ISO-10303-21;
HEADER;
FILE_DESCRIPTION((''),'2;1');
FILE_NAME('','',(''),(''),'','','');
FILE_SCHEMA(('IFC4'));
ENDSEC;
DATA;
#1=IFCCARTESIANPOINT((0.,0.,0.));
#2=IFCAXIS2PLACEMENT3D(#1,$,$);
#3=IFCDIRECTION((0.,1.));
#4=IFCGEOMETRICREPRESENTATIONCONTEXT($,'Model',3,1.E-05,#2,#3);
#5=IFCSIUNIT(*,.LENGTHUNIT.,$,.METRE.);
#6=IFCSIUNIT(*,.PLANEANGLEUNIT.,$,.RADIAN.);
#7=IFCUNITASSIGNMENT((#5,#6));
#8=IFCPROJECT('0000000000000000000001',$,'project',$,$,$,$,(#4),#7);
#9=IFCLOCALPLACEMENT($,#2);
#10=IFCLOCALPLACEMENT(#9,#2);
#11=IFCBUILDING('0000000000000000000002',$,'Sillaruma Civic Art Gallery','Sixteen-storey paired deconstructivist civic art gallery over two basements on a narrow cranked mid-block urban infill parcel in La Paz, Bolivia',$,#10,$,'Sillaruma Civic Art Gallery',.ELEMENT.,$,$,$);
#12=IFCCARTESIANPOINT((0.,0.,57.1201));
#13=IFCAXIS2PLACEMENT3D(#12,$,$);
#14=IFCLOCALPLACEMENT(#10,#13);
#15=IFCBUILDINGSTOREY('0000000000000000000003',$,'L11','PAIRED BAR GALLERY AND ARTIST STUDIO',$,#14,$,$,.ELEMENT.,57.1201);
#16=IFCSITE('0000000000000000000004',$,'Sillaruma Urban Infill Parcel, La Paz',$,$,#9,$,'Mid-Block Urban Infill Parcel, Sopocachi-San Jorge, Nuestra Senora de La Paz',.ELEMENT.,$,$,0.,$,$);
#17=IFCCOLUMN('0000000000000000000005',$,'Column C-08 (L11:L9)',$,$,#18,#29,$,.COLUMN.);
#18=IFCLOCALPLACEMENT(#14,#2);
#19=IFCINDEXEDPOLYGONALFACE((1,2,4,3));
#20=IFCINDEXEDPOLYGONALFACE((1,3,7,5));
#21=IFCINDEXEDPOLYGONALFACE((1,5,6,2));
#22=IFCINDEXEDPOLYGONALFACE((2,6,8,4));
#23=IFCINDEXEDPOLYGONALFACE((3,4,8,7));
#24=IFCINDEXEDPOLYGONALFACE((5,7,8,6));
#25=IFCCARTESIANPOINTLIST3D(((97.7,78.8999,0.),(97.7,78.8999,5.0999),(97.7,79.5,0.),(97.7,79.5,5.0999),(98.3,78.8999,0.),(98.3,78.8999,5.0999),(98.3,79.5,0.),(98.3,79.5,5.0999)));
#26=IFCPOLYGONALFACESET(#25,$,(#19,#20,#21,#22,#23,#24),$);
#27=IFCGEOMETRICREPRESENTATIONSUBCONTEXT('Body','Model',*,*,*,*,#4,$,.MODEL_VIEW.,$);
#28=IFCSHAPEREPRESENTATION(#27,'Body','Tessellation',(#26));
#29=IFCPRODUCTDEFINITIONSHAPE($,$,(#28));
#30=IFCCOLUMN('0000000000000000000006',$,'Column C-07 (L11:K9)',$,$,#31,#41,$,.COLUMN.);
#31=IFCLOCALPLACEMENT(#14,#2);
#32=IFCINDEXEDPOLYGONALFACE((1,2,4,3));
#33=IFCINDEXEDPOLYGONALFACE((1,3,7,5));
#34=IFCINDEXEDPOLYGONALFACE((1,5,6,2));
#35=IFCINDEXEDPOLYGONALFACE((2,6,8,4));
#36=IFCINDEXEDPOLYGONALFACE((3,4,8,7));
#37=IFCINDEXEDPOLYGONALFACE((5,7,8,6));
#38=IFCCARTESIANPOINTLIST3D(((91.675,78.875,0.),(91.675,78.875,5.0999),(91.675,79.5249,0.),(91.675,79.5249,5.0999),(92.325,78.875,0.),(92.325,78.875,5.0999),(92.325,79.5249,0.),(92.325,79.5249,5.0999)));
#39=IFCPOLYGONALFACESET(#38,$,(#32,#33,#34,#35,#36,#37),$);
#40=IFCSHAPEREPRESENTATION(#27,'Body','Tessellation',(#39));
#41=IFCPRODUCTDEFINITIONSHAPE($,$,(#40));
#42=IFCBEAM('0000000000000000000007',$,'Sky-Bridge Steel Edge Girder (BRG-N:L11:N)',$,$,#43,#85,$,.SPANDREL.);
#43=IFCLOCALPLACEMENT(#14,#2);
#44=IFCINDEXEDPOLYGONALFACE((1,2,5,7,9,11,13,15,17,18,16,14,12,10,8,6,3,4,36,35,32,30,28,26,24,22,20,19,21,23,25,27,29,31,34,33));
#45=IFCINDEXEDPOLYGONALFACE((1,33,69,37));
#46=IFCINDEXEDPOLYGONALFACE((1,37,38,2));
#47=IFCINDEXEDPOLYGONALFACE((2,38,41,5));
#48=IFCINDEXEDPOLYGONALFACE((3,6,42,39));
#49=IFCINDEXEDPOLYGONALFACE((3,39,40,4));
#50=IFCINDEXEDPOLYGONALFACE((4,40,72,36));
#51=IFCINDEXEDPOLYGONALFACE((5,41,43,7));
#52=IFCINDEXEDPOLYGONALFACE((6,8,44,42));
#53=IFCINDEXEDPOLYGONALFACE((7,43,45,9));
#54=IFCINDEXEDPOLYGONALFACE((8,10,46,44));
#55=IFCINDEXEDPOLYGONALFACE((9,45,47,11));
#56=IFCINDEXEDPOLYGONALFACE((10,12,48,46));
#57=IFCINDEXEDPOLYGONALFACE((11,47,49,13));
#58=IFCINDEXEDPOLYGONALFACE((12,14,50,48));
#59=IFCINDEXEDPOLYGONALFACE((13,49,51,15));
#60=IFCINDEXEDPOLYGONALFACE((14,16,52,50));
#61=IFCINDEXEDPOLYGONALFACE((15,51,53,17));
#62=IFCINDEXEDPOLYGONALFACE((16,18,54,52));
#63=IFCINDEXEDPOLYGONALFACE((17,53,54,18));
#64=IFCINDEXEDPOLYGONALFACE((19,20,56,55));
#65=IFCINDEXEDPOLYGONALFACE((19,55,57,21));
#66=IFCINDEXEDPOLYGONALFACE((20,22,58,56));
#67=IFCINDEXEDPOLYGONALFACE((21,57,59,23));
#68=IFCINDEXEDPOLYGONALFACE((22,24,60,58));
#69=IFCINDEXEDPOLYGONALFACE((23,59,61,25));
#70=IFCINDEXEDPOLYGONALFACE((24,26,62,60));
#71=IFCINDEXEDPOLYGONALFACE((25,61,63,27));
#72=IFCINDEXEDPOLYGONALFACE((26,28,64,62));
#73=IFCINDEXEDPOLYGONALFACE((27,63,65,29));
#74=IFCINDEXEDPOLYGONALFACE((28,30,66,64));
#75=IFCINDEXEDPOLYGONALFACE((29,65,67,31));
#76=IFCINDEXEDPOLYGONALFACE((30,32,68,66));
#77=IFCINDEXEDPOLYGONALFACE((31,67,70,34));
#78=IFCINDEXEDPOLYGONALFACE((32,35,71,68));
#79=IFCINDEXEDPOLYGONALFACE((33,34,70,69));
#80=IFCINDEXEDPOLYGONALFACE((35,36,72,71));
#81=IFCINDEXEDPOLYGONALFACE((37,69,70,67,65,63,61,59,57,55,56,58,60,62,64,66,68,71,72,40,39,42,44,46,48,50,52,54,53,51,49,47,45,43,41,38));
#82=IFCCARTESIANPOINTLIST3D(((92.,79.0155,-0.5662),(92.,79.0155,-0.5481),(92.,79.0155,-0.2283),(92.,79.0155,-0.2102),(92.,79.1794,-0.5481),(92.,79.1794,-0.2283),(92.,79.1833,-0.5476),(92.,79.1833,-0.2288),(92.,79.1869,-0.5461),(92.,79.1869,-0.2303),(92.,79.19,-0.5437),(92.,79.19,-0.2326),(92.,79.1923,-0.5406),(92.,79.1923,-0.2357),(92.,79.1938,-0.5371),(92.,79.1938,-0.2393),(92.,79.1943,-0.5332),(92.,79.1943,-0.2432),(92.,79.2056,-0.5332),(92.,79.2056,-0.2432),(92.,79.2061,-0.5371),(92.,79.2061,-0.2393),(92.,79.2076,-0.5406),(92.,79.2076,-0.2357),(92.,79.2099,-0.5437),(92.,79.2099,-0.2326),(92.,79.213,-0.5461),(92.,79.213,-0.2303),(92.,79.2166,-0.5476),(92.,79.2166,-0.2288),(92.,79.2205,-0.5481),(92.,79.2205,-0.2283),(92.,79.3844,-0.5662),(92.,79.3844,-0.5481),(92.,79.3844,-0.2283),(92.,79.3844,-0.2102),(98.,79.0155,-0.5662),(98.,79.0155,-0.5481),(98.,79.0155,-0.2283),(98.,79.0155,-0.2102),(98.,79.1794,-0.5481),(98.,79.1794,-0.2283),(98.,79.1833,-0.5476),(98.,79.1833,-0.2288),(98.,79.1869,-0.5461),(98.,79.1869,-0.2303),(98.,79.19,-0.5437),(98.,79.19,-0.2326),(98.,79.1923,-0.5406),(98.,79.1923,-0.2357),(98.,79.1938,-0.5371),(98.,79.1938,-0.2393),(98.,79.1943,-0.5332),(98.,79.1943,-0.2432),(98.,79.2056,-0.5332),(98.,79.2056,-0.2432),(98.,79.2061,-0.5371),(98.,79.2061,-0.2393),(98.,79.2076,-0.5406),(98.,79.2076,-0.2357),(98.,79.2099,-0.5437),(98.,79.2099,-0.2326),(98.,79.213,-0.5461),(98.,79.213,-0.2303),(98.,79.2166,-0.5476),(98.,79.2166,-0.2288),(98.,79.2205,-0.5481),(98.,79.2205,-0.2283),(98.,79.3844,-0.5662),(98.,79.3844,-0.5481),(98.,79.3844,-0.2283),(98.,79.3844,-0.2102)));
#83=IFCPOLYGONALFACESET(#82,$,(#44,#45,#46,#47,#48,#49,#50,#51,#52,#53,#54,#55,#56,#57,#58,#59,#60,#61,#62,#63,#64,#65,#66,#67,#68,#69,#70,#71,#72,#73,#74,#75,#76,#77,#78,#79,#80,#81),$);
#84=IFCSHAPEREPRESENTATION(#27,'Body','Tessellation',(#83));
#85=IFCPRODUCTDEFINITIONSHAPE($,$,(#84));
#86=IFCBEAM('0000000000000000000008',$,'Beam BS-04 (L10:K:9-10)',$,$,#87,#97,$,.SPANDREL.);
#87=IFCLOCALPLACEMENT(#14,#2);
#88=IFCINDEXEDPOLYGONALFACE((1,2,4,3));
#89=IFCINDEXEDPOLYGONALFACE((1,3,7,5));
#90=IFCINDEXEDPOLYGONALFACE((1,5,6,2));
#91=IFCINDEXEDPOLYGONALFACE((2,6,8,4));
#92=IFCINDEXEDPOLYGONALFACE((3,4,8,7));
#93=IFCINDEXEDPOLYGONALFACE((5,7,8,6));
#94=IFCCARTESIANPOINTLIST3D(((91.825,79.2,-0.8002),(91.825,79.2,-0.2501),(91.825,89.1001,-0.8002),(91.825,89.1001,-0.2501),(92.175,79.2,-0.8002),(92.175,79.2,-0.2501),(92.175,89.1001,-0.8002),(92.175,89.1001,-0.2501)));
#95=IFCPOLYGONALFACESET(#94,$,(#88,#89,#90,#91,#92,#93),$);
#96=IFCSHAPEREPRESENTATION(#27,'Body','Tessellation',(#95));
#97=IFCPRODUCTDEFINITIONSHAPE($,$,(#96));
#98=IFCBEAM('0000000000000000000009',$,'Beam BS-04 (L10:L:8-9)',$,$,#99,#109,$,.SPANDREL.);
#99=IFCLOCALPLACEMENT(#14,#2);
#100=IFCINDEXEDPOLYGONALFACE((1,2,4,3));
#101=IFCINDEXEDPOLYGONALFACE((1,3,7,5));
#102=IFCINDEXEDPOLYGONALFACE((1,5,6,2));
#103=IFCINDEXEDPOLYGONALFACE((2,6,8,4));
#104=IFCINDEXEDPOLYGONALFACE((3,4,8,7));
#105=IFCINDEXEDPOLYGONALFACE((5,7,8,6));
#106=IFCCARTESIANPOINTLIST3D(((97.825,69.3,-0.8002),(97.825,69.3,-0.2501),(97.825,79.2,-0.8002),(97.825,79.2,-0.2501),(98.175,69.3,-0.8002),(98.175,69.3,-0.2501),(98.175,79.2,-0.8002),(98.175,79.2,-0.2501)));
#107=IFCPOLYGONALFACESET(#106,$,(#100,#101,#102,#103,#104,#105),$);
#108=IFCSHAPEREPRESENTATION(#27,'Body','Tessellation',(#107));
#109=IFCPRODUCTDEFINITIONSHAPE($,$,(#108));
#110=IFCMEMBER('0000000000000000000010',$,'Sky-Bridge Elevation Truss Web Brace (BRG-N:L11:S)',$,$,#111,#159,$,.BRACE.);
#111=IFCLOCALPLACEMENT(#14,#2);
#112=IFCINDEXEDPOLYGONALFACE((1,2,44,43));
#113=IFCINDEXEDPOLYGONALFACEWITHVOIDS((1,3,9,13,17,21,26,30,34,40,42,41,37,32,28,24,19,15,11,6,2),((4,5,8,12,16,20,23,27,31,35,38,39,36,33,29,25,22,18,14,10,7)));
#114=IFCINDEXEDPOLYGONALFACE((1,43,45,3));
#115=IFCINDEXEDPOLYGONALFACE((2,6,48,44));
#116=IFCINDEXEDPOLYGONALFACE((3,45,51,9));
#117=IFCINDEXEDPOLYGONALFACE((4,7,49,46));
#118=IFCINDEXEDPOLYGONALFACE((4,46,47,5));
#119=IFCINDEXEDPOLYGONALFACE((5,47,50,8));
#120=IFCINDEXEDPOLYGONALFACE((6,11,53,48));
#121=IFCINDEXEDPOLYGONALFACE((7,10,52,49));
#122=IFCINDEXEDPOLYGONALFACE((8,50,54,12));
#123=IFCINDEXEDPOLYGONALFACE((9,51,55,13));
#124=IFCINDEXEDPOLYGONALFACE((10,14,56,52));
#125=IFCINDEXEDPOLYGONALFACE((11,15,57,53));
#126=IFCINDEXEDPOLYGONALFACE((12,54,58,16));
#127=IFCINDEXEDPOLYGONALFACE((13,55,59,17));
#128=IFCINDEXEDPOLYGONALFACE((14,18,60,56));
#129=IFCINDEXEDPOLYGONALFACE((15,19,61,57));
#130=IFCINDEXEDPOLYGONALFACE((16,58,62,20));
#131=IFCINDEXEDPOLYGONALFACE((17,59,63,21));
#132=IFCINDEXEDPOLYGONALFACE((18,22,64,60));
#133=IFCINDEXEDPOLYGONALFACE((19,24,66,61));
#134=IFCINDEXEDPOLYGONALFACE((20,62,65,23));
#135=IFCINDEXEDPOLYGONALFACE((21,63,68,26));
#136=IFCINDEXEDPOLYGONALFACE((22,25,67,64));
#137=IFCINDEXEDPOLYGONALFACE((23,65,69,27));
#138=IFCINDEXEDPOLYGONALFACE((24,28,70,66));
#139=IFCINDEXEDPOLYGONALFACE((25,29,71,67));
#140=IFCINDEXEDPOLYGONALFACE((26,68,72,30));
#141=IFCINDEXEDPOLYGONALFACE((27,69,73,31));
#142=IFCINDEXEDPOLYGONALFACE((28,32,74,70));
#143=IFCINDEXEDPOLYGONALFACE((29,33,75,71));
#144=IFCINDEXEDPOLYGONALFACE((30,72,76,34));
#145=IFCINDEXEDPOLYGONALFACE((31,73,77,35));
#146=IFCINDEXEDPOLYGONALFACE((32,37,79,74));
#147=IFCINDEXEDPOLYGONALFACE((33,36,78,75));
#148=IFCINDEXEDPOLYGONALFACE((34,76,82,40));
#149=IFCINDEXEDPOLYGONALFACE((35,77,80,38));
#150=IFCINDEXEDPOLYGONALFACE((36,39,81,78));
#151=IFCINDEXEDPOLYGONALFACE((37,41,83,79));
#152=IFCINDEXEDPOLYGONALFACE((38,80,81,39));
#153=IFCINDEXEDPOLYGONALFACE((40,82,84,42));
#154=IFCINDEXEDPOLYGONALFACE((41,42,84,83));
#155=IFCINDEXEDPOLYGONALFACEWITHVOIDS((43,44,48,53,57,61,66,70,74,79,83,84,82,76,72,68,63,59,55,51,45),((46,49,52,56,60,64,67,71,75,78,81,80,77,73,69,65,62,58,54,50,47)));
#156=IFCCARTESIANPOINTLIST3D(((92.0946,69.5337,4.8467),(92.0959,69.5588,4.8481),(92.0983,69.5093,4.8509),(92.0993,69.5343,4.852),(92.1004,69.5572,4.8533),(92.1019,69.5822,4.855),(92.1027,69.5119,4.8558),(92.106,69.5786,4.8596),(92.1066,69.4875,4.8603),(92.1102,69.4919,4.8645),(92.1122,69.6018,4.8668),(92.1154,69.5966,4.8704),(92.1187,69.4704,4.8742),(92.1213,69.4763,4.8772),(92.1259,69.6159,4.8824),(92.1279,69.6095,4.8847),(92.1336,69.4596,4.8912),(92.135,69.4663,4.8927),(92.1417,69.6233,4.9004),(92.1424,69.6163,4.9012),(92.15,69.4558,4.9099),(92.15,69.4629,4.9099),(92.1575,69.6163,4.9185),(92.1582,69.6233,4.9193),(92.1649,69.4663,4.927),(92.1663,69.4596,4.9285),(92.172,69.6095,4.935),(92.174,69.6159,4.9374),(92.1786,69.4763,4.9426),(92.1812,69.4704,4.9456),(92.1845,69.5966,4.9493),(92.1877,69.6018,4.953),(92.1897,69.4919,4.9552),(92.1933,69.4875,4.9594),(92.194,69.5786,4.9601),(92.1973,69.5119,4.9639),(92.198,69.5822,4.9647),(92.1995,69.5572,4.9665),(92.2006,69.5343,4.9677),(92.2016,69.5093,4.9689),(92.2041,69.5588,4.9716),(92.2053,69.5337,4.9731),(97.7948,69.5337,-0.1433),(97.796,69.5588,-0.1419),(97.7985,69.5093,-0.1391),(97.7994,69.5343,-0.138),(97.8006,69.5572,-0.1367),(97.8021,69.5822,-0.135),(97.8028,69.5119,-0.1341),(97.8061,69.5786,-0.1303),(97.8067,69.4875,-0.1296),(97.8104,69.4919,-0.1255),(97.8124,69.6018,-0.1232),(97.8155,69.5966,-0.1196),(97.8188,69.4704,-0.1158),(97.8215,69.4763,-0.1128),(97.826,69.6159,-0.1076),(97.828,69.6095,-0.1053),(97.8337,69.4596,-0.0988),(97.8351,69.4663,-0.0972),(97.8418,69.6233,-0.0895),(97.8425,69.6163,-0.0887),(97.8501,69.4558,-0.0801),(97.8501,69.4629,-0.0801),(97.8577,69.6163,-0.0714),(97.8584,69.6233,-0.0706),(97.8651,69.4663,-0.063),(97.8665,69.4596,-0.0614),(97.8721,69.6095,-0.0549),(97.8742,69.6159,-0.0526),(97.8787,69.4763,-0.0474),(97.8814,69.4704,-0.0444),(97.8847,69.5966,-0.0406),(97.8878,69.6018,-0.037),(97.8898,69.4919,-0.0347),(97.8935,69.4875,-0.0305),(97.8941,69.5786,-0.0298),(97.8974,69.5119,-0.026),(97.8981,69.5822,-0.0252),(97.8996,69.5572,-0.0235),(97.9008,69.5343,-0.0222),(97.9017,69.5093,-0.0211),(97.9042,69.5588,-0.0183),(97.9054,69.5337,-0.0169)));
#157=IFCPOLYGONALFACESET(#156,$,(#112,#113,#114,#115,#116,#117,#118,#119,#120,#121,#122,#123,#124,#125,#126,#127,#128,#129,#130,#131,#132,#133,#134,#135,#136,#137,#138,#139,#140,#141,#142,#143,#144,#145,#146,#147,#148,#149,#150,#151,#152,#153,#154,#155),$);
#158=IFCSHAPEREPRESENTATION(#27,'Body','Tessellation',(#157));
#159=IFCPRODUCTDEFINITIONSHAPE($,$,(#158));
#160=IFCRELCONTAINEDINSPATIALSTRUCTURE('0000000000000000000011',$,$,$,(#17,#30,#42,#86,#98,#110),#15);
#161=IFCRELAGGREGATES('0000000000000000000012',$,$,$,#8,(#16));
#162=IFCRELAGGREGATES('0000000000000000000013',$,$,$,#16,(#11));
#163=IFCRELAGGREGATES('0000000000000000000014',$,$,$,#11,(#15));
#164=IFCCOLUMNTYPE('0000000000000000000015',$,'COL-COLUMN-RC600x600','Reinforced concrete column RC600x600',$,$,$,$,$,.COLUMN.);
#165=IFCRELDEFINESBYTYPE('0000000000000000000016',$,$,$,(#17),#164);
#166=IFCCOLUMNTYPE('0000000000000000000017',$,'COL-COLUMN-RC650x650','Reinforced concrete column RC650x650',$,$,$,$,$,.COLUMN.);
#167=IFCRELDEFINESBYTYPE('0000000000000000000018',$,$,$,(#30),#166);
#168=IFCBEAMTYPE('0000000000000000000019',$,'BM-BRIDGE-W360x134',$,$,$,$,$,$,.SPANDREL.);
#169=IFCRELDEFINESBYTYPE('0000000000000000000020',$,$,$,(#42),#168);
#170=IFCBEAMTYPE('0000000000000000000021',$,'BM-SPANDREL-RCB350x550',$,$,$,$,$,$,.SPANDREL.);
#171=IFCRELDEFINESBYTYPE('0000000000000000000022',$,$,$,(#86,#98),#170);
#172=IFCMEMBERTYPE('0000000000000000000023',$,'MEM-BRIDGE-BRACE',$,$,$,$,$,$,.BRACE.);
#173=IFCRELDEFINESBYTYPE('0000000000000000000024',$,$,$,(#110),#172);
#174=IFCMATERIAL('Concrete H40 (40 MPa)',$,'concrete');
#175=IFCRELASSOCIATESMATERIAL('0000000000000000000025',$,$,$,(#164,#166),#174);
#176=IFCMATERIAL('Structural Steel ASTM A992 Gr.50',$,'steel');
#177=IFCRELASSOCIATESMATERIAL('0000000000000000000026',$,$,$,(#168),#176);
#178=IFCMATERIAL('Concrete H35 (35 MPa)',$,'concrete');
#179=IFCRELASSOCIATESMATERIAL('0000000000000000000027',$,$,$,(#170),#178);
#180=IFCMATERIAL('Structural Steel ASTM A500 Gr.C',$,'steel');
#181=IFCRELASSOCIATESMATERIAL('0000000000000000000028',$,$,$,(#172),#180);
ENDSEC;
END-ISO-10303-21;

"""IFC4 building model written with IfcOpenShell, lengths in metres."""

from ifc_helpers import new_model, si_unit, direction, frame, origin, origin_2d, place, context, subcontext, project, spatial, rectangle, hollow_circle, i_section, extrude, material, material_profile, profile_set, type_object, element, save


model = new_model("IFC4")

# Units and contexts
model_context = context("Model", 3, precision=1e-05, world=origin(), true_north=direction((0.0, 1.0)))
body_context = subcontext(model_context, "Body", "Model", "MODEL_VIEW")
ifc_project = project(units=[si_unit("LENGTHUNIT", "METRE"), si_unit("PLANEANGLEUNIT", "RADIAN")], contexts=[model_context])

# Site, building, storey
site_placement = place(None, origin())
site = spatial("IfcSite", under=ifc_project, at=site_placement, Name="Sillaruma Urban Infill Parcel, La Paz", LongName="Mid-Block Urban Infill Parcel, Sopocachi-San Jorge, Nuestra Senora de La Paz", CompositionType="ELEMENT", RefElevation=0.0)
building_placement = place(site_placement, origin())
building = spatial("IfcBuilding", under=site, at=building_placement, Name="Sillaruma Civic Art Gallery", Description="Sixteen-storey paired deconstructivist civic art gallery over two basements on a narrow cranked mid-block urban infill parcel in La Paz, Bolivia", LongName="Sillaruma Civic Art Gallery", CompositionType="ELEMENT")
storey_placement = place(building_placement, frame((0.0, 0.0, 57.1201)))
storey = spatial("IfcBuildingStorey", under=building, at=storey_placement, Name="L11", Description="PAIRED BAR GALLERY AND ARTIST STUDIO", CompositionType="ELEMENT", Elevation=57.1201)

# Columns
ifc_material_1 = material(Name="Concrete H40 (40 MPa)", Category="concrete")
ifc_material_profile_1 = material_profile(ifc_material_1, rectangle(XDim=0.6001, YDim=0.6001, at=origin_2d()), Name="RC600x600")
ifc_profile_set_1 = profile_set([ifc_material_profile_1], Name="Concrete H40 (40 MPa)")
column_type_1 = type_object("IfcColumnType", Name="COL-COLUMN-RC600x600", Description="Reinforced concrete column RC600x600", PredefinedType="COLUMN", material=ifc_profile_set_1)
column_1_placement = place(storey_placement, frame((98.0, 79.2, 0.0), z_axis=(0.0, 0.0, 1.0), x_axis=(1.0, 0.0, 0.0)))
element("IfcColumn", 1, at=column_1_placement, inside=storey, type_object=column_type_1, Name="Column C-08 (L11:L9)", PredefinedType="COLUMN", context=body_context, shape_type="SweptSolid", body=[
    extrude(rectangle(XDim=0.6001, YDim=0.6001, at=origin_2d()), origin(), (0.0, 0.0, 1.0), 5.0999),
])
ifc_material_profile_2 = material_profile(ifc_material_1, rectangle(XDim=0.6499, YDim=0.6499, at=origin_2d()), Name="RC650x650")
ifc_profile_set_2 = profile_set([ifc_material_profile_2], Name="Concrete H40 (40 MPa)")
column_type_2 = type_object("IfcColumnType", Name="COL-COLUMN-RC650x650", Description="Reinforced concrete column RC650x650", PredefinedType="COLUMN", material=ifc_profile_set_2)
column_2_placement = place(storey_placement, frame((92.0, 79.2, 0.0), z_axis=(0.0, 0.0, 1.0), x_axis=(1.0, 0.0, 0.0)))
element("IfcColumn", 2, at=column_2_placement, inside=storey, type_object=column_type_2, Name="Column C-07 (L11:K9)", PredefinedType="COLUMN", context=body_context, shape_type="SweptSolid", body=[
    extrude(rectangle(XDim=0.6499, YDim=0.6499, at=origin_2d()), origin(), (0.0, 0.0, 1.0), 5.0999),
])

# Beams
ifc_material_2 = material(Name="Structural Steel ASTM A992 Gr.50", Category="steel")
ifc_material_profile_3 = material_profile(ifc_material_2, i_section(OverallWidth=0.3689, OverallDepth=0.356, WebThickness=0.0112, FlangeThickness=0.0181, FilletRadius=0.0149, at=origin_2d()), Name="W360x134")
ifc_profile_set_3 = profile_set([ifc_material_profile_3], Name="Structural Steel ASTM A992 Gr.50")
beam_type_1 = type_object("IfcBeamType", Name="BM-BRIDGE-W360x134", PredefinedType="SPANDREL", material=ifc_profile_set_3)
beam_1_placement = place(storey_placement, frame((92.0, 79.2, -0.3882), z_axis=(1.0, 0.0, 0.0), x_axis=(0.0, 1.0, 0.0)))
element("IfcBeam", 3, at=beam_1_placement, inside=storey, type_object=beam_type_1, Name="Sky-Bridge Steel Edge Girder (BRG-N:L11:N)", PredefinedType="SPANDREL", context=body_context, shape_type="SweptSolid", body=[
    extrude(i_section(OverallWidth=0.3689, OverallDepth=0.356, WebThickness=0.0112, FlangeThickness=0.0181, FilletRadius=0.0149, at=origin_2d()), origin(), (0.0, 0.0, 1.0), 6.0),
])
ifc_material_3 = material(Name="Concrete H35 (35 MPa)", Category="concrete")
ifc_material_profile_4 = material_profile(ifc_material_3, rectangle(XDim=0.3501, YDim=0.55, at=origin_2d()), Name="RCB350x550")
ifc_profile_set_4 = profile_set([ifc_material_profile_4], Name="Concrete H35 (35 MPa)")
beam_type_2 = type_object("IfcBeamType", Name="BM-SPANDREL-RCB350x550", PredefinedType="SPANDREL", material=ifc_profile_set_4)
beam_2_placement = place(storey_placement, frame((92.0, 79.2, -0.5251), z_axis=(0.0, 1.0, 0.0), x_axis=(-1.0, 0.0, 0.0)))
element("IfcBeam", 4, at=beam_2_placement, inside=storey, type_object=beam_type_2, Name="Beam BS-04 (L10:K:9-10)", PredefinedType="SPANDREL", context=body_context, shape_type="SweptSolid", body=[
    extrude(rectangle(XDim=0.3501, YDim=0.55, at=origin_2d()), origin(), (0.0, 0.0, 1.0), 9.9001),
])
beam_3_placement = place(storey_placement, frame((98.0, 69.3, -0.5251), z_axis=(0.0, 1.0, 0.0), x_axis=(-1.0, 0.0, 0.0)))
element("IfcBeam", 5, at=beam_3_placement, inside=storey, type_object=beam_type_2, Name="Beam BS-04 (L10:L:8-9)", PredefinedType="SPANDREL", context=body_context, shape_type="SweptSolid", body=[
    extrude(rectangle(XDim=0.3501, YDim=0.55, at=origin_2d()), origin(), (0.0, 0.0, 1.0), 9.8999),
])

# Member
ifc_material_4 = material(Name="Structural Steel ASTM A500 Gr.C", Category="steel")
ifc_material_profile_5 = material_profile(ifc_material_4, hollow_circle(Radius=0.0842, WallThickness=0.0071, at=origin_2d()), Name="CHS168.3x7.1")
ifc_profile_set_5 = profile_set([ifc_material_profile_5], Name="Structural Steel ASTM A500 Gr.C")
member_type_1 = type_object("IfcMemberType", Name="MEM-BRIDGE-BRACE", PredefinedType="BRACE", material=ifc_profile_set_5)
for number, where, z_axis, x_axis, name in (
    (6, (97.8501, 69.54, -0.0801), (-0.752425, 0.0, 0.658678), (0.0, -1.0, 0.0), "Sky-Bridge Elevation Truss Web Brace (BRG-N:L11:S)"),
):
    element("IfcMember", number, at=place(storey_placement, frame(where, z_axis=z_axis, x_axis=x_axis)), inside=storey, type_object=member_type_1, Name=name, PredefinedType="BRACE", context=body_context, shape_type="SweptSolid", body=[
        extrude(hollow_circle(Radius=0.0842, WallThickness=0.0071, at=origin_2d()), origin(), (0.0, 0.0, 1.0), 7.5757),
    ])

save(model, "model.ifc")
